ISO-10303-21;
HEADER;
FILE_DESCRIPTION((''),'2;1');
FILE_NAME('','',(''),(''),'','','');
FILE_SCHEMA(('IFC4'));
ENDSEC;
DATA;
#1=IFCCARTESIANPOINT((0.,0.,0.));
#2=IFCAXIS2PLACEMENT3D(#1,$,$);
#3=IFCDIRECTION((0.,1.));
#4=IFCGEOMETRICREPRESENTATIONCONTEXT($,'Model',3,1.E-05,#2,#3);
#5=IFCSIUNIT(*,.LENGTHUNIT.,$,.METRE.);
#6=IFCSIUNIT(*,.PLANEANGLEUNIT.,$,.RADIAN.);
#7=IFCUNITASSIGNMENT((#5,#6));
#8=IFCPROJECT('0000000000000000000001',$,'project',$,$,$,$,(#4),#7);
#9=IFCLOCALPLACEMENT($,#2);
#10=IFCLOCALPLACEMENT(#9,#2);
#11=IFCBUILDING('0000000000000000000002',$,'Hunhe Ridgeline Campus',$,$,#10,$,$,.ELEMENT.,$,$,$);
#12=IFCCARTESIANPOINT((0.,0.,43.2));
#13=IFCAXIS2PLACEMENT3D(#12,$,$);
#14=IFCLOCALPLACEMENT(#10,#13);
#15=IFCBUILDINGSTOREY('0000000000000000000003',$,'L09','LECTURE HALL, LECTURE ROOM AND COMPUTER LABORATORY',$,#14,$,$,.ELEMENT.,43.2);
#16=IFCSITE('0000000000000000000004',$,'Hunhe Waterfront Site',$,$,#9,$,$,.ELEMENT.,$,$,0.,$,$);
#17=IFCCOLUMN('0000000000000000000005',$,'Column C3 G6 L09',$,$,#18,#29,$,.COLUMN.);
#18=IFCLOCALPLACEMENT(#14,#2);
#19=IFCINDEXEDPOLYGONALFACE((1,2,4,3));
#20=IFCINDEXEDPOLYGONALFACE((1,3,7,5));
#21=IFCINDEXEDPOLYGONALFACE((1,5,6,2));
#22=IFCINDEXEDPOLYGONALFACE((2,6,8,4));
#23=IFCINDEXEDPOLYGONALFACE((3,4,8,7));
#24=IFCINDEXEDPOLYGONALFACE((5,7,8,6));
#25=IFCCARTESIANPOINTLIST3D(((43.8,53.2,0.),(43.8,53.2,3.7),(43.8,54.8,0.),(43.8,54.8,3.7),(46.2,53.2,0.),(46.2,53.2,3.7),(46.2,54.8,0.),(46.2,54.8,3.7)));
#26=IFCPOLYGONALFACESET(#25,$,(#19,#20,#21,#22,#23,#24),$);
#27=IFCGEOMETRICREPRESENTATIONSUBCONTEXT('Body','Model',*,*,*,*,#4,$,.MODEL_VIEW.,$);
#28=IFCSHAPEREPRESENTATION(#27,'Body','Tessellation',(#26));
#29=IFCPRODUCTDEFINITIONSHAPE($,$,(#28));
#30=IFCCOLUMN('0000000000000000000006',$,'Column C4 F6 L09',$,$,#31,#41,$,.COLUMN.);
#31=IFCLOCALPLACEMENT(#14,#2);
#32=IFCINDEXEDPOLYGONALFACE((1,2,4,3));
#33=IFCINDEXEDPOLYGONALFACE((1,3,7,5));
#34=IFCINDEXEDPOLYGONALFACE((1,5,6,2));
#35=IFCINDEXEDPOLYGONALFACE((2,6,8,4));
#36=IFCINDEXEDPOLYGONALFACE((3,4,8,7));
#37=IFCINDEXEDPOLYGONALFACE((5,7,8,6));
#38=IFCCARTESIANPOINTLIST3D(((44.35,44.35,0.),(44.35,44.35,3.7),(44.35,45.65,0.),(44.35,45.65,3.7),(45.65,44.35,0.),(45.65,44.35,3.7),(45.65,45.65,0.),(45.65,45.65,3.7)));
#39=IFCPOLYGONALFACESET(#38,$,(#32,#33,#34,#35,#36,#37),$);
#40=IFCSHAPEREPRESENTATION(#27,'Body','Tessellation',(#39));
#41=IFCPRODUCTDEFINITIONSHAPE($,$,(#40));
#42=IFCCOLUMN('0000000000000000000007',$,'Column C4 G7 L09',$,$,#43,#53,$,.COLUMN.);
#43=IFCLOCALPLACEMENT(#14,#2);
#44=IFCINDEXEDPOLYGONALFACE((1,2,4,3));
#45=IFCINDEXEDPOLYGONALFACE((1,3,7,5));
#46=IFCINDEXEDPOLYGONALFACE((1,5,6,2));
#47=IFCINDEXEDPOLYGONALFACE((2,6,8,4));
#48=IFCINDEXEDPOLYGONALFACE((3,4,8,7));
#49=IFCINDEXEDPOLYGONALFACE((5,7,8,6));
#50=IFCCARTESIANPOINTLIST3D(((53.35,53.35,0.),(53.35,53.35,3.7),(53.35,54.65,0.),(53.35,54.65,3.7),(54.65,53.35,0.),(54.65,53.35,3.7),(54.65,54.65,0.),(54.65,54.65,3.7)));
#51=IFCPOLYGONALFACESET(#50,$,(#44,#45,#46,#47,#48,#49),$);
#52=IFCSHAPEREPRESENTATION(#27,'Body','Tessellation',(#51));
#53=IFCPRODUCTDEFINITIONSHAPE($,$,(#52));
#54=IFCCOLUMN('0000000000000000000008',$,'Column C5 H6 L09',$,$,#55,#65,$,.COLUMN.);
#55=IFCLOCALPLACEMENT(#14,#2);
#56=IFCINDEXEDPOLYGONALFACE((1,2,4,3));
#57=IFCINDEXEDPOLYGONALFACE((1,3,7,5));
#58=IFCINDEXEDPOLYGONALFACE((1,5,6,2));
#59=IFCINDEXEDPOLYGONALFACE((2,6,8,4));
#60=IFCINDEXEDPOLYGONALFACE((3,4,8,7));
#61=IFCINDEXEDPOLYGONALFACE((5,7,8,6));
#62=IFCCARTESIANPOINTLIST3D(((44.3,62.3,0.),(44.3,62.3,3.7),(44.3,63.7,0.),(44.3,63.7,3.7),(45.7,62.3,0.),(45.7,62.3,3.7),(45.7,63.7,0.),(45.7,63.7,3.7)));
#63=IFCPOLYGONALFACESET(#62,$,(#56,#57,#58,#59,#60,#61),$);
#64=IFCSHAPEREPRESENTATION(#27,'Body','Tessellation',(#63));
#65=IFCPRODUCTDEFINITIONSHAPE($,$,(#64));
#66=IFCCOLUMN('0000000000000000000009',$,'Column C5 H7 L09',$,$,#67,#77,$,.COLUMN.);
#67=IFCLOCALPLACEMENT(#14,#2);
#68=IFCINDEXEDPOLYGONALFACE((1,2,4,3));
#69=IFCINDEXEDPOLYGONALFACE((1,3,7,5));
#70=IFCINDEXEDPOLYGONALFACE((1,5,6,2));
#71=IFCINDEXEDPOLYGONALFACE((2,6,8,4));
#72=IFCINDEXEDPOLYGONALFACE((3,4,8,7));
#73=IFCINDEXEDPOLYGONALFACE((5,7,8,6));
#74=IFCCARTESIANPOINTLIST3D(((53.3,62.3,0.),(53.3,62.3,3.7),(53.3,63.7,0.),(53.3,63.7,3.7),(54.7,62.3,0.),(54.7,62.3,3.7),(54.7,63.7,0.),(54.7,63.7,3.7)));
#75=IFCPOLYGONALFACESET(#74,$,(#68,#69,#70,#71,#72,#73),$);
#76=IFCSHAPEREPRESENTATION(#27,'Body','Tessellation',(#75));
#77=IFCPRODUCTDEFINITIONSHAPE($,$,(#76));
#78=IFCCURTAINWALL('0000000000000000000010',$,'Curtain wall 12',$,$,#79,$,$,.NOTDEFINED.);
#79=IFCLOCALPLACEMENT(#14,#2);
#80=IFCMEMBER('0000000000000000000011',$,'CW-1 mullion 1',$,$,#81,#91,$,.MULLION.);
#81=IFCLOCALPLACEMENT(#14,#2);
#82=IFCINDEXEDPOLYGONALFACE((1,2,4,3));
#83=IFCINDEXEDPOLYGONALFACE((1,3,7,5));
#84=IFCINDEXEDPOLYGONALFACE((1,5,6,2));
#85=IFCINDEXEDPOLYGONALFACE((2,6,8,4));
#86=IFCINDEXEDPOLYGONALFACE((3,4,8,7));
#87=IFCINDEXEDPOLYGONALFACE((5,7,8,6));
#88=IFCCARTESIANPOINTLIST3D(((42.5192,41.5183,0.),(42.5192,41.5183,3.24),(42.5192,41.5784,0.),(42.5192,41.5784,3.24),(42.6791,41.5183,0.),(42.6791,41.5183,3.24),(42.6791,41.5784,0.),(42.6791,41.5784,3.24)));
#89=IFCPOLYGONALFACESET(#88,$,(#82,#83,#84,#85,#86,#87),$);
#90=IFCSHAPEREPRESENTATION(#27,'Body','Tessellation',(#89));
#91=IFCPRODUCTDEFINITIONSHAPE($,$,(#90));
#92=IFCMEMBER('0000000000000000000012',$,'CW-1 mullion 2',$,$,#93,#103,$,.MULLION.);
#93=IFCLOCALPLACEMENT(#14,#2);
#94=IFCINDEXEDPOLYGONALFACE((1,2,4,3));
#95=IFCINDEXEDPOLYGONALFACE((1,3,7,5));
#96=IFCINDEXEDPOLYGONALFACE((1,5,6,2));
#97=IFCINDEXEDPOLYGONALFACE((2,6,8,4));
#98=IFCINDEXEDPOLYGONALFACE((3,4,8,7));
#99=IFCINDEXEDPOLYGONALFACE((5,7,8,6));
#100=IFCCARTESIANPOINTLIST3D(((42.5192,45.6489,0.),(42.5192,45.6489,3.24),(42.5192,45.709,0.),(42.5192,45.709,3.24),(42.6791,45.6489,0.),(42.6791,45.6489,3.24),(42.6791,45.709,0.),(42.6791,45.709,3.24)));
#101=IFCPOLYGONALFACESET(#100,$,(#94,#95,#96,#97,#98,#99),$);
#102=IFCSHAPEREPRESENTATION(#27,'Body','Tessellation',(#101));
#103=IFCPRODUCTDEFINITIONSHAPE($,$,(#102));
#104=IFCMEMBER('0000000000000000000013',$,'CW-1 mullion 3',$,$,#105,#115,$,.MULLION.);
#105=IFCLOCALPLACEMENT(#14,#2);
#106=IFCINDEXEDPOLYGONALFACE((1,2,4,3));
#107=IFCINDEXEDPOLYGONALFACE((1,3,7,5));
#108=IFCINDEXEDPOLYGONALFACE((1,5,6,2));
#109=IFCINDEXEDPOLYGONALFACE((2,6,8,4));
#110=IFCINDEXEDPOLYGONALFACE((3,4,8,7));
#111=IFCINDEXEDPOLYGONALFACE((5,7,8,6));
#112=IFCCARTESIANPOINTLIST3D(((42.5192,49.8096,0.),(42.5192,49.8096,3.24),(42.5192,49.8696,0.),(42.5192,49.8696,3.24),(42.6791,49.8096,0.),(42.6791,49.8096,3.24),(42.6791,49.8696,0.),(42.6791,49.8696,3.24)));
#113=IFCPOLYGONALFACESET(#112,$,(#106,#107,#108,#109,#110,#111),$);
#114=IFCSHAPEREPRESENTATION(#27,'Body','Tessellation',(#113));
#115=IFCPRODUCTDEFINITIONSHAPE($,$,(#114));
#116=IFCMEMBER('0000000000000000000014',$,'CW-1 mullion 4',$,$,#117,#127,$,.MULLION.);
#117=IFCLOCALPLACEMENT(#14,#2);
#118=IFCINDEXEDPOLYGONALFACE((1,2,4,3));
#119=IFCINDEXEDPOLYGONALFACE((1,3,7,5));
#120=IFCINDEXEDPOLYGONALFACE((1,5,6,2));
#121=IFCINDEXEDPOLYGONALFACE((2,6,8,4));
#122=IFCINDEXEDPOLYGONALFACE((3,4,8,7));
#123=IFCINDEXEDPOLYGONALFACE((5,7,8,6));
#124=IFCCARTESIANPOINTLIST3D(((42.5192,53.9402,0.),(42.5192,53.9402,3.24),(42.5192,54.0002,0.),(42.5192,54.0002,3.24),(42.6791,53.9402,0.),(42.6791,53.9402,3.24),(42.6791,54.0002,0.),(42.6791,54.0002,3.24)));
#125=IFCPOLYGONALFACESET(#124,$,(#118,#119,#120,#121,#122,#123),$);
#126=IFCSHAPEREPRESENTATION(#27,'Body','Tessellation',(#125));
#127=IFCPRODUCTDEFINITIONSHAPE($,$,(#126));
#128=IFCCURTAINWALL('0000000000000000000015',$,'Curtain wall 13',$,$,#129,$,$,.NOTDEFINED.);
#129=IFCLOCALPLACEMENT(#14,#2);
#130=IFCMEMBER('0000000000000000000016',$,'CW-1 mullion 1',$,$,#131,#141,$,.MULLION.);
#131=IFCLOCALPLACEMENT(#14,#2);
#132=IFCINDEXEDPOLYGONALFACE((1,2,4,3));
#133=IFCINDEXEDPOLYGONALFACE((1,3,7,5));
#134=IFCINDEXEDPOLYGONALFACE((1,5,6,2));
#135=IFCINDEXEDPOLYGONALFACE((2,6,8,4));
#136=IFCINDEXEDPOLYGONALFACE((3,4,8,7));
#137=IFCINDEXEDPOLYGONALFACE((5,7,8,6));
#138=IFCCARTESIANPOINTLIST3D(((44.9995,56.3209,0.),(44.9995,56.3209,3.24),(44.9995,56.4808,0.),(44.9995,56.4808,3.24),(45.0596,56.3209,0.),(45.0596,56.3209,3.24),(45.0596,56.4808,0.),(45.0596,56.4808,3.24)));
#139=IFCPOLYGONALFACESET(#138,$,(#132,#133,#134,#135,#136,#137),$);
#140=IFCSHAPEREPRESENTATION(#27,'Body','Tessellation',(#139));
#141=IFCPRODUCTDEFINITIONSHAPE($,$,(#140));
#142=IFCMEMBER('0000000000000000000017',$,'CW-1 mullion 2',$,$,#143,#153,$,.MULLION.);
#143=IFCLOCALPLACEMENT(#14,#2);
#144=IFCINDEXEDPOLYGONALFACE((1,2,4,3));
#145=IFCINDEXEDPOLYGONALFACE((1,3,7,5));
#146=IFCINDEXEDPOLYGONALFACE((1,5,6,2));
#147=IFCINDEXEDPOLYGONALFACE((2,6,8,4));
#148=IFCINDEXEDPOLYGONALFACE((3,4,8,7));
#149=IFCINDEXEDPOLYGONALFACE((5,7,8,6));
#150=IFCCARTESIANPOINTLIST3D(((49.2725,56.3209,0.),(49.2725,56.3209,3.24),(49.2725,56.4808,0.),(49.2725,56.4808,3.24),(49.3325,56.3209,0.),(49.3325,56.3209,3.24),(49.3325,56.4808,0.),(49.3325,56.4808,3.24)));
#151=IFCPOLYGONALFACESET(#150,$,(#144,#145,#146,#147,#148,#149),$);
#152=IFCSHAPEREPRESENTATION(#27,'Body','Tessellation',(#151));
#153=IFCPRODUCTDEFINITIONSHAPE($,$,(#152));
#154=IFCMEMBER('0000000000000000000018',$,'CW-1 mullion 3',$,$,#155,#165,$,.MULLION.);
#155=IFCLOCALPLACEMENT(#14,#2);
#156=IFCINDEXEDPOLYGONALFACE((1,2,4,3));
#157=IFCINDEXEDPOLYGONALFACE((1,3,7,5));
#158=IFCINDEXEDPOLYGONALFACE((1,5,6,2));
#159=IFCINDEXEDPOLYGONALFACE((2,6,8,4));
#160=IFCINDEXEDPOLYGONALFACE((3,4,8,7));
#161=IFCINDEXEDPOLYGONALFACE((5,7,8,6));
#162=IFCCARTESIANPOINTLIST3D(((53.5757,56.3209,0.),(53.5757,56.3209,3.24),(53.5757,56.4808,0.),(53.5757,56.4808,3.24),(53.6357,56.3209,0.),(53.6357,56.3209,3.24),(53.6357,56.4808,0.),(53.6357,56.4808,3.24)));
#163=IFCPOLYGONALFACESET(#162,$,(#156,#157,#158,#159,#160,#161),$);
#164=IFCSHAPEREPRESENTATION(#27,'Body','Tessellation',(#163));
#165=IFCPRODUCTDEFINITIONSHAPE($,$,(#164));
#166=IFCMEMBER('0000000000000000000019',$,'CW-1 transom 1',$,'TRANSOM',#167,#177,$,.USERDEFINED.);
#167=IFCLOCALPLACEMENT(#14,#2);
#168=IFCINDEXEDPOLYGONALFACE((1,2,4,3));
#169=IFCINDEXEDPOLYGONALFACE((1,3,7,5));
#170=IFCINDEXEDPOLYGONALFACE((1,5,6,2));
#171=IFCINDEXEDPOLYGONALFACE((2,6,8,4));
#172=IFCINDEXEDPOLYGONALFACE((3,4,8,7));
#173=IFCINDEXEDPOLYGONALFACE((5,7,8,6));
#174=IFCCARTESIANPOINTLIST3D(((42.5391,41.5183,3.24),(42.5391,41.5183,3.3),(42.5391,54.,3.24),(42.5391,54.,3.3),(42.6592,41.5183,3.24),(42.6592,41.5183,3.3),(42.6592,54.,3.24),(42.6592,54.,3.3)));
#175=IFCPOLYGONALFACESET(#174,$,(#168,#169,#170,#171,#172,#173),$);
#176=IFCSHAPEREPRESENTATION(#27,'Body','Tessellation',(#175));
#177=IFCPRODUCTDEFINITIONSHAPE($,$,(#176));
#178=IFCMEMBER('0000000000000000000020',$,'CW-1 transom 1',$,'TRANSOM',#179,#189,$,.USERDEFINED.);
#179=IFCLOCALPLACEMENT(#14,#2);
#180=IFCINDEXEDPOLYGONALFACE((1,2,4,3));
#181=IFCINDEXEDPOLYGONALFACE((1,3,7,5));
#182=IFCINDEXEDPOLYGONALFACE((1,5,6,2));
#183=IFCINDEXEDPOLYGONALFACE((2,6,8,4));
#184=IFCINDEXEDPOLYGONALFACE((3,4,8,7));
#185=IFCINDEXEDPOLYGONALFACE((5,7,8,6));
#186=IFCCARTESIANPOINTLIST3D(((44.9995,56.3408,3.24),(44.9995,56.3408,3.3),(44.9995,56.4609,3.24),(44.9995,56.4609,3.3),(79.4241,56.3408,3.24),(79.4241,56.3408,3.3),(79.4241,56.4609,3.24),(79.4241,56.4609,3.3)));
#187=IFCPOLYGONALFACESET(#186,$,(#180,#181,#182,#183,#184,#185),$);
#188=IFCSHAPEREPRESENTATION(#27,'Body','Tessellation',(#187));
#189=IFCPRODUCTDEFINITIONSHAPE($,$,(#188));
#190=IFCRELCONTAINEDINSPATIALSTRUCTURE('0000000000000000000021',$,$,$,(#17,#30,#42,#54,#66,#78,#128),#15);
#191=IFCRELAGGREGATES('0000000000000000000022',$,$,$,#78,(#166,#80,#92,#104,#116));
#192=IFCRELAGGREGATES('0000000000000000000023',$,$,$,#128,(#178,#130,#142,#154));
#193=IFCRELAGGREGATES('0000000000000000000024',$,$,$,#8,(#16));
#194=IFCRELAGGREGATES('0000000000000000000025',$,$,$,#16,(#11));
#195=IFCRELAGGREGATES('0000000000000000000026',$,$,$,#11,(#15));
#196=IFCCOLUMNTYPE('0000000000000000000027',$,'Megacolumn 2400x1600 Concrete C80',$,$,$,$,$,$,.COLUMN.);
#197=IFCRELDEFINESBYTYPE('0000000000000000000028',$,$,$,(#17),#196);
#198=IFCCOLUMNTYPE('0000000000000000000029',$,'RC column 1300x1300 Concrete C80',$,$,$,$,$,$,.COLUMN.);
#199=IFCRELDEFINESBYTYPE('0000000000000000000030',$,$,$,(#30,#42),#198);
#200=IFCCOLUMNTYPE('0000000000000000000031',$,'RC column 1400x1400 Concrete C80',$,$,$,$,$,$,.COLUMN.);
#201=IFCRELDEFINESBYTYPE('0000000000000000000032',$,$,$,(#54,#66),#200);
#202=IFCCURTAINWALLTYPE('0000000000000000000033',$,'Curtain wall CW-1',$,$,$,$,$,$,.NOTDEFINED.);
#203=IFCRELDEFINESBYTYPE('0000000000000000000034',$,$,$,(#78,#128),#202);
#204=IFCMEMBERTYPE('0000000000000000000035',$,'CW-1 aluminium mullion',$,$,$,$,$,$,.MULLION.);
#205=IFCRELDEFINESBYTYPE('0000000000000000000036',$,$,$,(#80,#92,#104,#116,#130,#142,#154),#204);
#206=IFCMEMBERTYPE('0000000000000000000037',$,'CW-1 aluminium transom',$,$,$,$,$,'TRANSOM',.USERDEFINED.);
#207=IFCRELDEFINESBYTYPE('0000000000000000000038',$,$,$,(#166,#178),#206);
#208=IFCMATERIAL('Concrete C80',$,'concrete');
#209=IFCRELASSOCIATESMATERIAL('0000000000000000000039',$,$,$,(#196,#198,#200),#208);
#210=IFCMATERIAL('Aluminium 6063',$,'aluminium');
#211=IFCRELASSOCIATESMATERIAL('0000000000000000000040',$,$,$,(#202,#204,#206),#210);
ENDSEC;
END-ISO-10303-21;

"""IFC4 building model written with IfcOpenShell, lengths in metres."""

from ifc_helpers import new_model, si_unit, direction, frame, origin, origin_2d, place, context, subcontext, project, spatial, rectangle, extrude, material, material_profile, profile_set, type_object, element, aggregate, save


model = new_model("IFC4")

# Units and contexts
model_context = context("Model", 3, precision=1e-05, world=origin(), true_north=direction((0.0, 1.0)))
body_context = subcontext(model_context, "Body", "Model", "MODEL_VIEW")
ifc_project = project(units=[si_unit("LENGTHUNIT", "METRE"), si_unit("PLANEANGLEUNIT", "RADIAN")], contexts=[model_context])

# Site, building, storey
site_placement = place(None, origin())
site = spatial("IfcSite", under=ifc_project, at=site_placement, Name="Hunhe Waterfront Site", CompositionType="ELEMENT", RefElevation=0.0)
building_placement = place(site_placement, origin())
building = spatial("IfcBuilding", under=site, at=building_placement, Name="Hunhe Ridgeline Campus", CompositionType="ELEMENT")
storey_placement = place(building_placement, frame((0.0, 0.0, 43.2)))
storey = spatial("IfcBuildingStorey", under=building, at=storey_placement, Name="L09", Description="LECTURE HALL, LECTURE ROOM AND COMPUTER LABORATORY", CompositionType="ELEMENT", Elevation=43.2)

# Columns
ifc_material_1 = material(Name="Concrete C80", Category="concrete")
ifc_material_profile_1 = material_profile(ifc_material_1, rectangle(XDim=2.3999, YDim=1.6001, at=origin_2d()))
ifc_profile_set_1 = profile_set([ifc_material_profile_1], Name="Concrete C80")
column_type_1 = type_object("IfcColumnType", Name="Megacolumn 2400x1600 Concrete C80", PredefinedType="COLUMN", material=ifc_profile_set_1)
column_placement = place(storey_placement, frame((45.0, 54.0, 0.0), z_axis=(0.0, 0.0, 1.0), x_axis=(1.0, 0.0, 0.0)))
element("IfcColumn", 1, at=column_placement, inside=storey, type_object=column_type_1, Name="Column C3 G6 L09", PredefinedType="COLUMN", context=body_context, shape_type="SweptSolid", body=[
    extrude(rectangle(XDim=2.3999, YDim=1.6001, at=origin_2d()), origin(), (0.0, 0.0, 1.0), 3.7),
])
ifc_material_profile_2 = material_profile(ifc_material_1, rectangle(XDim=1.3, YDim=1.3, at=origin_2d()))
ifc_profile_set_2 = profile_set([ifc_material_profile_2], Name="Concrete C80")
column_type_2 = type_object("IfcColumnType", Name="RC column 1300x1300 Concrete C80", PredefinedType="COLUMN", material=ifc_profile_set_2)
for number, where, z_axis, x_axis, name in (
    (2, (45.0, 45.0, 0.0), (0.0, 0.0, 1.0), (1.0, 0.0, 0.0), "Column C4 F6 L09"),
    (3, (54.0, 54.0, 0.0), (0.0, 0.0, 1.0), (1.0, 0.0, 0.0), "Column C4 G7 L09"),
):
    element("IfcColumn", number, at=place(storey_placement, frame(where, z_axis=z_axis, x_axis=x_axis)), inside=storey, type_object=column_type_2, Name=name, PredefinedType="COLUMN", context=body_context, shape_type="SweptSolid", body=[
        extrude(rectangle(XDim=1.3, YDim=1.3, at=origin_2d()), origin(), (0.0, 0.0, 1.0), 3.7),
    ])
ifc_material_profile_3 = material_profile(ifc_material_1, rectangle(XDim=1.3999, YDim=1.3999, at=origin_2d()))
ifc_profile_set_3 = profile_set([ifc_material_profile_3], Name="Concrete C80")
column_type_3 = type_object("IfcColumnType", Name="RC column 1400x1400 Concrete C80", PredefinedType="COLUMN", material=ifc_profile_set_3)
for number, where, z_axis, x_axis, name in (
    (4, (45.0, 63.0, 0.0), (0.0, 0.0, 1.0), (1.0, 0.0, 0.0), "Column C5 H6 L09"),
    (5, (54.0, 63.0, 0.0), (0.0, 0.0, 1.0), (1.0, 0.0, 0.0), "Column C5 H7 L09"),
):
    element("IfcColumn", number, at=place(storey_placement, frame(where, z_axis=z_axis, x_axis=x_axis)), inside=storey, type_object=column_type_3, Name=name, PredefinedType="COLUMN", context=body_context, shape_type="SweptSolid", body=[
        extrude(rectangle(XDim=1.3999, YDim=1.3999, at=origin_2d()), origin(), (0.0, 0.0, 1.0), 3.7),
    ])

# Curtain walls, members
ifc_material_2 = material(Name="Aluminium 6063", Category="aluminium")
curtain_wall_type = type_object("IfcCurtainWallType", Name="Curtain wall CW-1", PredefinedType="NOTDEFINED", material=ifc_material_2)
curtain_wall_1_placement = place(storey_placement, origin())
curtain_wall_1 = element("IfcCurtainWall", 6, at=curtain_wall_1_placement, inside=storey, type_object=curtain_wall_type, Name="Curtain wall 12", PredefinedType="NOTDEFINED")
ifc_material_profile_4 = material_profile(ifc_material_2, rectangle(XDim=0.1599, YDim=0.0601, at=origin_2d()))
ifc_profile_set_4 = profile_set([ifc_material_profile_4], Name="Aluminium 6063")
member_type_1 = type_object("IfcMemberType", Name="CW-1 aluminium mullion", PredefinedType="MULLION", material=ifc_profile_set_4)
member_1_placement = place(storey_placement, frame((42.5991, 41.5483, 0.0), z_axis=(0.0, 0.0, 1.0), x_axis=(-1.0, 0.0, 0.0)))
member_1 = element("IfcMember", 7, at=member_1_placement, type_object=member_type_1, Name="CW-1 mullion 1", PredefinedType="MULLION", context=body_context, shape_type="SweptSolid", body=[
    extrude(rectangle(XDim=0.1599, YDim=0.0601, at=origin_2d()), origin(), (0.0, 0.0, 1.0), 3.24),
])
member_2_placement = place(storey_placement, frame((42.5991, 45.679, 0.0), z_axis=(0.0, 0.0, 1.0), x_axis=(-1.0, 0.0, 0.0)))
member_2 = element("IfcMember", 8, at=member_2_placement, type_object=member_type_1, Name="CW-1 mullion 2", PredefinedType="MULLION", context=body_context, shape_type="SweptSolid", body=[
    extrude(rectangle(XDim=0.1599, YDim=0.0601, at=origin_2d()), origin(), (0.0, 0.0, 1.0), 3.24),
])
member_3_placement = place(storey_placement, frame((42.5991, 49.8396, 0.0), z_axis=(0.0, 0.0, 1.0), x_axis=(-1.0, 0.0, 0.0)))
member_3 = element("IfcMember", 9, at=member_3_placement, type_object=member_type_1, Name="CW-1 mullion 3", PredefinedType="MULLION", context=body_context, shape_type="SweptSolid", body=[
    extrude(rectangle(XDim=0.1599, YDim=0.0601, at=origin_2d()), origin(), (0.0, 0.0, 1.0), 3.24),
])
member_4_placement = place(storey_placement, frame((42.5991, 53.9702, 0.0), z_axis=(0.0, 0.0, 1.0), x_axis=(-1.0, 0.0, 0.0)))
member_4 = element("IfcMember", 10, at=member_4_placement, type_object=member_type_1, Name="CW-1 mullion 4", PredefinedType="MULLION", context=body_context, shape_type="SweptSolid", body=[
    extrude(rectangle(XDim=0.1599, YDim=0.0601, at=origin_2d()), origin(), (0.0, 0.0, 1.0), 3.24),
])
curtain_wall_2_placement = place(storey_placement, origin())
curtain_wall_2 = element("IfcCurtainWall", 11, at=curtain_wall_2_placement, inside=storey, type_object=curtain_wall_type, Name="Curtain wall 13", PredefinedType="NOTDEFINED")
member_5_placement = place(storey_placement, frame((45.0295, 56.4009, 0.0), z_axis=(0.0, 0.0, 1.0), x_axis=(-0.000004, 1.0, 0.0)))
member_5 = element("IfcMember", 12, at=member_5_placement, type_object=member_type_1, Name="CW-1 mullion 1", PredefinedType="MULLION", context=body_context, shape_type="SweptSolid", body=[
    extrude(rectangle(XDim=0.1599, YDim=0.0601, at=origin_2d()), origin(), (0.0, 0.0, 1.0), 3.24),
])
member_6_placement = place(storey_placement, frame((49.3025, 56.4009, 0.0), z_axis=(0.0, 0.0, 1.0), x_axis=(-0.000004, 1.0, 0.0)))
member_6 = element("IfcMember", 13, at=member_6_placement, type_object=member_type_1, Name="CW-1 mullion 2", PredefinedType="MULLION", context=body_context, shape_type="SweptSolid", body=[
    extrude(rectangle(XDim=0.1599, YDim=0.0601, at=origin_2d()), origin(), (0.0, 0.0, 1.0), 3.24),
])
member_7_placement = place(storey_placement, frame((53.6057, 56.4009, 0.0), z_axis=(0.0, 0.0, 1.0), x_axis=(-0.000004, 1.0, 0.0)))
member_7 = element("IfcMember", 14, at=member_7_placement, type_object=member_type_1, Name="CW-1 mullion 3", PredefinedType="MULLION", context=body_context, shape_type="SweptSolid", body=[
    extrude(rectangle(XDim=0.1599, YDim=0.0601, at=origin_2d()), origin(), (0.0, 0.0, 1.0), 3.24),
])

# Members
ifc_material_profile_5 = material_profile(ifc_material_2, rectangle(XDim=0.1201, YDim=0.0601, at=origin_2d()))
ifc_profile_set_5 = profile_set([ifc_material_profile_5], Name="Aluminium 6063")
member_type_2 = type_object("IfcMemberType", Name="CW-1 aluminium transom", ElementType="TRANSOM", PredefinedType="USERDEFINED", material=ifc_profile_set_5)
member_8_placement = place(storey_placement, frame((42.5991, 41.5183, 3.27), z_axis=(0.0, 1.0, 0.0), x_axis=(-1.0, 0.0, 0.0)))
member_8 = element("IfcMember", 15, at=member_8_placement, type_object=member_type_2, Name="CW-1 transom 1", ObjectType="TRANSOM", PredefinedType="USERDEFINED", context=body_context, shape_type="SweptSolid", body=[
    extrude(rectangle(XDim=0.1201, YDim=0.0601, at=origin_2d()), origin(), (0.0, 0.0, 1.0), 12.4817),
])
member_9_placement = place(storey_placement, frame((44.9995, 56.4009, 3.27), z_axis=(1.0, 0.0, 0.0), x_axis=(0.0, 1.0, 0.0)))
member_9 = element("IfcMember", 16, at=member_9_placement, type_object=member_type_2, Name="CW-1 transom 1", ObjectType="TRANSOM", PredefinedType="USERDEFINED", context=body_context, shape_type="SweptSolid", body=[
    extrude(rectangle(XDim=0.1201, YDim=0.0601, at=origin_2d()), origin(), (0.0, 0.0, 1.0), 34.4246),
])

aggregate(curtain_wall_1, [member_8, member_1, member_2, member_3, member_4])
aggregate(curtain_wall_2, [member_9, member_5, member_6, member_7])

save(model, "model.ifc")
